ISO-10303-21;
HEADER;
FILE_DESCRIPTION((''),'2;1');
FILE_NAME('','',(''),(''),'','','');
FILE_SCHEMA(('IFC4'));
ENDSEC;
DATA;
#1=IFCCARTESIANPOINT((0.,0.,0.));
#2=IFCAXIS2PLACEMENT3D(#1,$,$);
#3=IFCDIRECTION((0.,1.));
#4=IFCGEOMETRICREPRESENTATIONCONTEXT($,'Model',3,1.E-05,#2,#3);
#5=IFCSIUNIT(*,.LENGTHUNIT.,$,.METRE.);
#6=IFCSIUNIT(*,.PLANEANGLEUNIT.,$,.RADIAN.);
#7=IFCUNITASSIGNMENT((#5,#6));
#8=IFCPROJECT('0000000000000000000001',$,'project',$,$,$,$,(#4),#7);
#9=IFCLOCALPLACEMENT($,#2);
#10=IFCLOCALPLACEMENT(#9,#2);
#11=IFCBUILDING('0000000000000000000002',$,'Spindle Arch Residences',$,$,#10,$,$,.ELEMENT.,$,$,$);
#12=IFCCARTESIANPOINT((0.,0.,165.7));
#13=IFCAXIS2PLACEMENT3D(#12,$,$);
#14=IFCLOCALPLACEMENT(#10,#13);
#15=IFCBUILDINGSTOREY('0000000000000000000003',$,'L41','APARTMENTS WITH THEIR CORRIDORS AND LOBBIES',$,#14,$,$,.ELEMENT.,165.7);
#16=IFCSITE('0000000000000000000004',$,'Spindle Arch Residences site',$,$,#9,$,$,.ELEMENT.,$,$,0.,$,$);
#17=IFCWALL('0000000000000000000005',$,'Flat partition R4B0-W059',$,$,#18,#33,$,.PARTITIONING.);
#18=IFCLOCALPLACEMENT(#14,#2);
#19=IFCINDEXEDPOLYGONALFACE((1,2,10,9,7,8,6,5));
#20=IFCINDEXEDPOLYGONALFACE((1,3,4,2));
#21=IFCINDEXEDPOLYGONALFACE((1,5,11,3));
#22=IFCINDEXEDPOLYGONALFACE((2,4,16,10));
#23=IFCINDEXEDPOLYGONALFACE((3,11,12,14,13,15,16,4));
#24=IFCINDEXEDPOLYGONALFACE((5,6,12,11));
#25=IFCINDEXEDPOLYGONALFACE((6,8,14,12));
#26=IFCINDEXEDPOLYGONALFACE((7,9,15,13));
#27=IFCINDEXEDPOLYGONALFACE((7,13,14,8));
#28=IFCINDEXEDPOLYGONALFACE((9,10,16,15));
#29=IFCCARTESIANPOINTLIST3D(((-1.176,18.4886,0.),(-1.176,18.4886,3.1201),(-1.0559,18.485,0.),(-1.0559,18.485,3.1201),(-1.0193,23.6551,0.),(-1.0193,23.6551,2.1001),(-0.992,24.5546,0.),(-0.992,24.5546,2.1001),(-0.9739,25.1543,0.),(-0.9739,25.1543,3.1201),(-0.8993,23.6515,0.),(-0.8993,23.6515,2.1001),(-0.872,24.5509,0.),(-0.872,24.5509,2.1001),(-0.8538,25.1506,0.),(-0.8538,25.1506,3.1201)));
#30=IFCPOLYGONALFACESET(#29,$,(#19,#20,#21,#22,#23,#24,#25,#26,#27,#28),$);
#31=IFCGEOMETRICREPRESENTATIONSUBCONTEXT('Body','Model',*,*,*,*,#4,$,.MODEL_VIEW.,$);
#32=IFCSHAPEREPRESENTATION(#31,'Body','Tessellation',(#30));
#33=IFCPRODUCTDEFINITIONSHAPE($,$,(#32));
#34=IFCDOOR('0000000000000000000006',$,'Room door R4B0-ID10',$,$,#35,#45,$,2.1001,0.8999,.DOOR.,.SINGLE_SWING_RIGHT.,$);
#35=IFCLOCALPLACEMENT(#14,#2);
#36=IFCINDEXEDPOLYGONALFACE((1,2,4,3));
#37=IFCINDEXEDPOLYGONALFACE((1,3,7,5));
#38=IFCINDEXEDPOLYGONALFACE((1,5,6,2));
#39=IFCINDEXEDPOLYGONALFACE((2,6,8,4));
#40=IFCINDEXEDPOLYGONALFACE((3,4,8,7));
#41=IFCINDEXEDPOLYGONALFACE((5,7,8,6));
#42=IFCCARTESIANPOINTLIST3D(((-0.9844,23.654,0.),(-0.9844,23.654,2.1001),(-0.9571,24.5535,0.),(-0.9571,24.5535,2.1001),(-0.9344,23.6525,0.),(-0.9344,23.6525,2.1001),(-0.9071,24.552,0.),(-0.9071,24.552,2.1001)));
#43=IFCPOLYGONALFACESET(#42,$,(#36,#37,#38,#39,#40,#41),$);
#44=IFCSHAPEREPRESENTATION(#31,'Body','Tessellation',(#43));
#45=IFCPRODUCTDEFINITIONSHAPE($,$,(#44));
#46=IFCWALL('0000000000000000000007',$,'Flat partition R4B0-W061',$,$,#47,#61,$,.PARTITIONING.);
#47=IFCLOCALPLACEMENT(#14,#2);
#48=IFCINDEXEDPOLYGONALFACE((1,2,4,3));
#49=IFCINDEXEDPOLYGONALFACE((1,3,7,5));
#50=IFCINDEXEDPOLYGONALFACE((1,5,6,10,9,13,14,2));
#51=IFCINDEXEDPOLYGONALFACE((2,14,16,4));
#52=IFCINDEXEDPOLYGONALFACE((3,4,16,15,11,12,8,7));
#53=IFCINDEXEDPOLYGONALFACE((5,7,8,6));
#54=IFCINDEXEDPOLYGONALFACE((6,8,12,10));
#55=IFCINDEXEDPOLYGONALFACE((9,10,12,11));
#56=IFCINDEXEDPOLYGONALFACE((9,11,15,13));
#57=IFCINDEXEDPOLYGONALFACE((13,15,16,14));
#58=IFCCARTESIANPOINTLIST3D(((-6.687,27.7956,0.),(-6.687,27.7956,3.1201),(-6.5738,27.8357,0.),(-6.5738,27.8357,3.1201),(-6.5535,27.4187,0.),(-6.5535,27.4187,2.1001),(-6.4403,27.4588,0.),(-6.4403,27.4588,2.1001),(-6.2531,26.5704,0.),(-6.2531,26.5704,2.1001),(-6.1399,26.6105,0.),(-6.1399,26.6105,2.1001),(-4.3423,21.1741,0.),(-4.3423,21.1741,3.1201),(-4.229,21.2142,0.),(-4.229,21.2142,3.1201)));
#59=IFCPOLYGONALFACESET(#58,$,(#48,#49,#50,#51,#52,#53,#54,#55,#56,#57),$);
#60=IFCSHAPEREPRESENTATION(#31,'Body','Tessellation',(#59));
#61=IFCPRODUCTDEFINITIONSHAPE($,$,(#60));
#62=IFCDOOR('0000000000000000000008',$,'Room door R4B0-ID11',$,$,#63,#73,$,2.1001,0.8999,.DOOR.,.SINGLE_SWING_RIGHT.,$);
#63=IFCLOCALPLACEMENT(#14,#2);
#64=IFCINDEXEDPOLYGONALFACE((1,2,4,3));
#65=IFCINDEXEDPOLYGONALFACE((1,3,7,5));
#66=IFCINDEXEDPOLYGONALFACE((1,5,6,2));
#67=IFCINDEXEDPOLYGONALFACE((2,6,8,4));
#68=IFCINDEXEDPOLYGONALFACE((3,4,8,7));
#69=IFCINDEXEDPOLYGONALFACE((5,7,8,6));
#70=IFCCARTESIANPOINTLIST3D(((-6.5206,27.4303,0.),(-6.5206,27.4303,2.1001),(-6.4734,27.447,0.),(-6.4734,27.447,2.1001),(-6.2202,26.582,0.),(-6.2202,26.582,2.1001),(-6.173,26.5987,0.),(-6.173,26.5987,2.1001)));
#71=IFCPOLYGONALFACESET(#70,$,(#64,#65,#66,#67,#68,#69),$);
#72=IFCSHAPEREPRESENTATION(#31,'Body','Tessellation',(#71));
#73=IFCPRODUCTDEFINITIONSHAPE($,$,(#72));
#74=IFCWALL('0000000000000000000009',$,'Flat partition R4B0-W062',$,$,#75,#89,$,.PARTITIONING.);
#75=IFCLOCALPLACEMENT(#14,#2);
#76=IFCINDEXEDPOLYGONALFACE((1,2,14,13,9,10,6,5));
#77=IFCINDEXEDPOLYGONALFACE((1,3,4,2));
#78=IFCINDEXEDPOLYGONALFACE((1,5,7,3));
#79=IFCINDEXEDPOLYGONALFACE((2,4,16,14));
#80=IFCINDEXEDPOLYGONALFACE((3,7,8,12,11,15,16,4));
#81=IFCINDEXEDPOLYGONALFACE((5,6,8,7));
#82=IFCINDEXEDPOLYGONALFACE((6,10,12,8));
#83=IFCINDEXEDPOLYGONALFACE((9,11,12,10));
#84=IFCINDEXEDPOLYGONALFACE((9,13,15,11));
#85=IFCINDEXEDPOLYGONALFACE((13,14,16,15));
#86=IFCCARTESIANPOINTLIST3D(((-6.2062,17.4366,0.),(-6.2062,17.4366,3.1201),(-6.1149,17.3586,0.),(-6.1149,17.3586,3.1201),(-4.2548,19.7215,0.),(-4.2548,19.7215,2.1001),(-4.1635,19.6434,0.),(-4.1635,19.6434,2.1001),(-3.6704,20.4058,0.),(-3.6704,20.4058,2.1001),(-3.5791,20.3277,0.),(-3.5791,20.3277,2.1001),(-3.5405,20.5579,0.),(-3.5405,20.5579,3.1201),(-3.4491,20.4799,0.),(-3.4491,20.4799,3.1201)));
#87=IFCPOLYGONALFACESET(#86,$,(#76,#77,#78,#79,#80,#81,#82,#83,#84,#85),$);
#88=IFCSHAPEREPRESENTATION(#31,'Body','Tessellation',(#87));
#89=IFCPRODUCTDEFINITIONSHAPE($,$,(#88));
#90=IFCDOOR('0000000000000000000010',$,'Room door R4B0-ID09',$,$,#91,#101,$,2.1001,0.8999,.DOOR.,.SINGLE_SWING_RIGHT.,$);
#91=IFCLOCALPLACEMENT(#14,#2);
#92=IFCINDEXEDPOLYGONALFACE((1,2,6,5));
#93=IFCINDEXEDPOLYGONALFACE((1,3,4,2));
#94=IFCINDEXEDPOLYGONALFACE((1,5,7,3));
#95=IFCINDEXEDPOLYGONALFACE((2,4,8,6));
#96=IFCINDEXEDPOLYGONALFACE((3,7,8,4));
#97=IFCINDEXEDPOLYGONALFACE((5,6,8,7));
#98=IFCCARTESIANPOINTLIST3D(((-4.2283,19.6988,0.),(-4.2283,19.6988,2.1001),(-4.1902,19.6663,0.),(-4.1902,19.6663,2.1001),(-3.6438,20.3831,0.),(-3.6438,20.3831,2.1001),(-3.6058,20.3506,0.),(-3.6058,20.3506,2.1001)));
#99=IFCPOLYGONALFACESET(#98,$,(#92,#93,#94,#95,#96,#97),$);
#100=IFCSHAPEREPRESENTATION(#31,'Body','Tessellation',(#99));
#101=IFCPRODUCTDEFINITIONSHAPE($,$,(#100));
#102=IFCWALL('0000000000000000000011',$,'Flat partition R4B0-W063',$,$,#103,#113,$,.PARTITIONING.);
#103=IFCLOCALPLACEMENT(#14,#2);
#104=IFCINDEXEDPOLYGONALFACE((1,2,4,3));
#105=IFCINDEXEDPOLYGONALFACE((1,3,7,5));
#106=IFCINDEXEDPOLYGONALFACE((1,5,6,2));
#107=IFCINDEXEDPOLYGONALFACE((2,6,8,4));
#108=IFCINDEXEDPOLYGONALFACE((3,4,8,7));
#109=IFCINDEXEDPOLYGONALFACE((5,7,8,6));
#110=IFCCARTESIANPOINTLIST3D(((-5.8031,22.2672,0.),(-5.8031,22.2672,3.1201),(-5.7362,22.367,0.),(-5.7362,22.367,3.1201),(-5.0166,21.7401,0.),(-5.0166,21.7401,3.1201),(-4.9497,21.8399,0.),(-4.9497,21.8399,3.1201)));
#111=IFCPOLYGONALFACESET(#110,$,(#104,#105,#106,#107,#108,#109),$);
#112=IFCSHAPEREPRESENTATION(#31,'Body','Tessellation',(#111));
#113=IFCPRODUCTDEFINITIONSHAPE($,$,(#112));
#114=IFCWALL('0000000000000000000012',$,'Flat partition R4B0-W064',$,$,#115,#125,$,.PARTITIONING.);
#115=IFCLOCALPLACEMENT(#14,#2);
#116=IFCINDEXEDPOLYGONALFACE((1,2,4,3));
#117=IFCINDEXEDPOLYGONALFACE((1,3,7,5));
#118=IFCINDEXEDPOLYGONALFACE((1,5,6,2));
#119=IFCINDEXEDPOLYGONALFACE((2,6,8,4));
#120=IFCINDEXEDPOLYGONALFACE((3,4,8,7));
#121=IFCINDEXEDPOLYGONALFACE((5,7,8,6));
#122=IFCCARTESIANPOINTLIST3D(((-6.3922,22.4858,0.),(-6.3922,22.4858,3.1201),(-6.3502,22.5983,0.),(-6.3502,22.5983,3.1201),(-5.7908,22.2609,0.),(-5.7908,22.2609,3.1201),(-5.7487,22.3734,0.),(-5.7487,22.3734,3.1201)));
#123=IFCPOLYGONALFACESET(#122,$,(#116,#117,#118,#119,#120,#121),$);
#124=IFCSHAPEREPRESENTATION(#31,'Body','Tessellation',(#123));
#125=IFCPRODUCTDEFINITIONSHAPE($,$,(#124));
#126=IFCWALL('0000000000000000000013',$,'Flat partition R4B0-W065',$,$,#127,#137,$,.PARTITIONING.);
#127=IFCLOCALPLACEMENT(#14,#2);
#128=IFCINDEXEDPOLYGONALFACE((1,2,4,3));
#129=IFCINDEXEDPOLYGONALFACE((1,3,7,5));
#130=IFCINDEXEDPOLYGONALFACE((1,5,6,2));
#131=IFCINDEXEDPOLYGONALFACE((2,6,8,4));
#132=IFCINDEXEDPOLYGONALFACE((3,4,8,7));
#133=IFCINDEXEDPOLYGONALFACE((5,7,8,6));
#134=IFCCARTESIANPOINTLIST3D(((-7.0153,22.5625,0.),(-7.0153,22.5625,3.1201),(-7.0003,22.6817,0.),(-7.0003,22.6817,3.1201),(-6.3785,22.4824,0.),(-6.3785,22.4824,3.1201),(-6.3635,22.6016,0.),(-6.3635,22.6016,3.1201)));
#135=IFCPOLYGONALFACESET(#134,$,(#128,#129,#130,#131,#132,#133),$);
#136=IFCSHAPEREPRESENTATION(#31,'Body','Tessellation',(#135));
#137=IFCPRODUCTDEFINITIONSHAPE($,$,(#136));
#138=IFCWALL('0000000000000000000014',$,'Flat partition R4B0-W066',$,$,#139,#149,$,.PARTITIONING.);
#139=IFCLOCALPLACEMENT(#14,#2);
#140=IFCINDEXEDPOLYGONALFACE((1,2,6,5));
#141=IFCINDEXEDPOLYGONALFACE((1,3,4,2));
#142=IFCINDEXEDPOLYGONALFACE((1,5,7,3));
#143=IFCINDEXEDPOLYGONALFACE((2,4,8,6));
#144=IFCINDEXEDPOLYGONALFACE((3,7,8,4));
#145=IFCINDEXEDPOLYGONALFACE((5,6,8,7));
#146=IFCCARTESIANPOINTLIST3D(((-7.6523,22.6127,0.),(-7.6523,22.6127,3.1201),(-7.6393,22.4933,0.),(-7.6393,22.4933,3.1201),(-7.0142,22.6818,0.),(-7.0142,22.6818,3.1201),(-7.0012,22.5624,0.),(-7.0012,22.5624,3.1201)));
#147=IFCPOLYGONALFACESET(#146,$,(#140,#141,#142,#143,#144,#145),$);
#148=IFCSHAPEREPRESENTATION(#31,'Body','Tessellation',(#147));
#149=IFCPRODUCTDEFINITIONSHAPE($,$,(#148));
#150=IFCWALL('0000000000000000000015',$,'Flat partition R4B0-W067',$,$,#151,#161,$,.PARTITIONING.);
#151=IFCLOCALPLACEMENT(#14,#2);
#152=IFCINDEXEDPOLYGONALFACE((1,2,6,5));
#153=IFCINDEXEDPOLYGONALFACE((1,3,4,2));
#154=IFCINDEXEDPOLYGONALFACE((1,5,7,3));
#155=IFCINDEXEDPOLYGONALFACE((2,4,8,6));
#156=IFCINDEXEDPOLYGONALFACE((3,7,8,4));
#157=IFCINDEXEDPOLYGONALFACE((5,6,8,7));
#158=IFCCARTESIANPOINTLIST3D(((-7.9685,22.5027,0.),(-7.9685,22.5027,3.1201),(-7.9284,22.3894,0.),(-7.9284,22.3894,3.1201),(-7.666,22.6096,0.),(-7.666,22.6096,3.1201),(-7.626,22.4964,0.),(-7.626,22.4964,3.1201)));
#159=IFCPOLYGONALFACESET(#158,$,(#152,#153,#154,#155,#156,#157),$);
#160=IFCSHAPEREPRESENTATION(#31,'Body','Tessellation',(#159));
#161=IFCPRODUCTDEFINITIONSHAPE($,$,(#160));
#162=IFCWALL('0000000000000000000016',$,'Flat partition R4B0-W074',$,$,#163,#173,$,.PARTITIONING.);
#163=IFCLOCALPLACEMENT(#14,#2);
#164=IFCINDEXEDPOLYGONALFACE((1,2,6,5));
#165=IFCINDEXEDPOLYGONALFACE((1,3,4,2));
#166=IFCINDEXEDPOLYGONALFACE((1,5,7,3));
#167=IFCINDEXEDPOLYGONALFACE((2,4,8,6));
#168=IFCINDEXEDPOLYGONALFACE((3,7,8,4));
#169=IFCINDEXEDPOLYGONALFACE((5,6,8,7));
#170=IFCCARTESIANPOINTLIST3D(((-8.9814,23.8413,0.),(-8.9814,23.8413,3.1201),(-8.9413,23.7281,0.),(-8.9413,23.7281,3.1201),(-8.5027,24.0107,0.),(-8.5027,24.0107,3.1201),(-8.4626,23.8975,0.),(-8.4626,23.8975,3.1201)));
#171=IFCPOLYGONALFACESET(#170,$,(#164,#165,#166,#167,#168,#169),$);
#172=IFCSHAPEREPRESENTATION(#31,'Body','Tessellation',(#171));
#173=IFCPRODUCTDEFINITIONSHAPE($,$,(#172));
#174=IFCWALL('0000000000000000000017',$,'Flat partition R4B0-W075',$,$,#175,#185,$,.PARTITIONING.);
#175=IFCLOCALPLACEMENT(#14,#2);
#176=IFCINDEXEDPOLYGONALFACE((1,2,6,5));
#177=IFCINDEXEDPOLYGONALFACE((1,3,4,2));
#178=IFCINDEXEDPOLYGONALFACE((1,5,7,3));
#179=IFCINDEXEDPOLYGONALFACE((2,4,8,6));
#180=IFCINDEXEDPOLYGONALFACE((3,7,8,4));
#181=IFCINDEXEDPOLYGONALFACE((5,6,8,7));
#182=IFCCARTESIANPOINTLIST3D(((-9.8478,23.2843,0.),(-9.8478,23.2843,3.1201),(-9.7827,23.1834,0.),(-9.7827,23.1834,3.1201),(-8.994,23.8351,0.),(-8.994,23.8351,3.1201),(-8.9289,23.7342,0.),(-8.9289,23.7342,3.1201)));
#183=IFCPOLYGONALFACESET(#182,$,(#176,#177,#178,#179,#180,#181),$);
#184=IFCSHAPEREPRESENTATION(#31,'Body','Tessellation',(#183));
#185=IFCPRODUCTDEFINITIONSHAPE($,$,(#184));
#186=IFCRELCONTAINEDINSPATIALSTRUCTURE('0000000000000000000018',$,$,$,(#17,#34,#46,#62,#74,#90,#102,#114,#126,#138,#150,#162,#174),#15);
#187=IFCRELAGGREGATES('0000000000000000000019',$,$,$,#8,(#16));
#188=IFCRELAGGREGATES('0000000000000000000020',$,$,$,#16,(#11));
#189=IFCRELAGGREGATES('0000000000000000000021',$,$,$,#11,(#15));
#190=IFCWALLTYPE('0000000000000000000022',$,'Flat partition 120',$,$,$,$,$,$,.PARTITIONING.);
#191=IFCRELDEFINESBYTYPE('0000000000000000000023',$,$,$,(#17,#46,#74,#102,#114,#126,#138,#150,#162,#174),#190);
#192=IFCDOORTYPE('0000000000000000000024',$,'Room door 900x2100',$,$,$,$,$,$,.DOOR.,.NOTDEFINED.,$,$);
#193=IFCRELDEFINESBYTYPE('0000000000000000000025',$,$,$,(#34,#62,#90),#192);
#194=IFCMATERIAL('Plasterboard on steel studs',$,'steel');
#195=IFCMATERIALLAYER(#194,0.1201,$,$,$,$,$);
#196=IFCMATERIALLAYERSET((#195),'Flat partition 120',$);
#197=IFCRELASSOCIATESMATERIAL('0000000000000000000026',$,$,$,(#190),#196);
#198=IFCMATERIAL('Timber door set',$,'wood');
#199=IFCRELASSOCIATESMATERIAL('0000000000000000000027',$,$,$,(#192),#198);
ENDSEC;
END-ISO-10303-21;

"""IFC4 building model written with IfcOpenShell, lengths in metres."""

from ifc_helpers import new_model, si_unit, direction, frame, frame_2d, origin, place, context, subcontext, project, spatial, rectangle, extrude, material, layer, layer_set, type_object, element, fill, save


model = new_model("IFC4")

# Units and contexts
model_context = context("Model", 3, precision=1e-05, world=origin(), true_north=direction((0.0, 1.0)))
body_context = subcontext(model_context, "Body", "Model", "MODEL_VIEW")
ifc_project = project(units=[si_unit("LENGTHUNIT", "METRE"), si_unit("PLANEANGLEUNIT", "RADIAN")], contexts=[model_context])

# Site, building, storey
site_placement = place(None, origin())
site = spatial("IfcSite", under=ifc_project, at=site_placement, Name="Spindle Arch Residences site", CompositionType="ELEMENT", RefElevation=0.0)
building_placement = place(site_placement, origin())
building = spatial("IfcBuilding", under=site, at=building_placement, Name="Spindle Arch Residences", CompositionType="ELEMENT")
storey_placement = place(building_placement, frame((0.0, 0.0, 165.7)))
storey = spatial("IfcBuildingStorey", under=building, at=storey_placement, Name="L41", Description="APARTMENTS WITH THEIR CORRIDORS AND LOBBIES", CompositionType="ELEMENT", Elevation=165.7)

# Shared definitions
ifc_material_1 = material(Name="Plasterboard on steel studs", Category="steel")
ifc_layer_1 = layer(ifc_material_1, 0.1201)
ifc_layer_set_1 = layer_set([ifc_layer_1], Name="Flat partition 120")
wall_type_1 = type_object("IfcWallType", Name="Flat partition 120", PredefinedType="PARTITIONING", material=ifc_layer_set_1)

# Walls, openings, doors
wall_1_placement = place(storey_placement, frame((-0.9138, 25.1526, 0.0), z_axis=(0.0, 0.0, 1.0), x_axis=(-0.030314, -0.99954, 0.0)))
wall_1 = element("IfcWall", 1, at=wall_1_placement, inside=storey, type_object=wall_type_1, Name="Flat partition R4B0-W059", PredefinedType="PARTITIONING", context=body_context, shape_type="SweptSolid", body=[
    extrude(rectangle(XDim=6.6687, YDim=0.1201, at=frame_2d((3.3345, 0.0))), origin(), (0.0, 0.0, 1.0), 3.1201),
])
opening_1_placement = place(wall_1_placement, frame((0.6001, 0.0, 0.0)))
opening_1 = element("IfcOpeningElement", 2, at=opening_1_placement, cuts=wall_1, PredefinedType="OPENING", context=body_context, shape_type="SweptSolid", body=[
    extrude(rectangle(XDim=0.8999, YDim=2.1001, at=frame_2d((0.45, 1.05))), frame((0.0, 0.0701, 0.0), z_axis=(0.0, -1.0, 0.0), x_axis=(1.0, 0.0, 0.0)), (0.0, 0.0, 1.0), 0.1401),
])
ifc_material_2 = material(Name="Timber door set", Category="wood")
door_type = type_object("IfcDoorType", Name="Room door 900x2100", OperationType="NOTDEFINED", PredefinedType="DOOR", material=ifc_material_2)
door_1_placement = place(opening_1_placement, origin())
door_1 = element("IfcDoor", 3, at=door_1_placement, inside=storey, type_object=door_type, Name="Room door R4B0-ID10", OperationType="SINGLE_SWING_RIGHT", OverallHeight=2.1001, OverallWidth=0.8999, PredefinedType="DOOR", context=body_context, shape_type="SweptSolid", body=[
    extrude(rectangle(XDim=0.8999, YDim=2.1001, at=frame_2d((0.45, 1.05))), frame((0.0, 0.0249, 0.0), z_axis=(0.0, -1.0, 0.0), x_axis=(1.0, 0.0, 0.0)), (0.0, 0.0, 1.0), 0.05),
])
fill(opening_1, door_1)
wall_2_placement = place(storey_placement, frame((-6.6304, 27.8157, 0.0), z_axis=(0.0, 0.0, 1.0), x_axis=(0.333794, -0.942646, 0.0)))
wall_2 = element("IfcWall", 4, at=wall_2_placement, inside=storey, type_object=wall_type_1, Name="Flat partition R4B0-W061", PredefinedType="PARTITIONING", context=body_context, shape_type="SweptSolid", body=[
    extrude(rectangle(XDim=7.0244, YDim=0.1201, at=frame_2d((3.5122, 0.0))), origin(), (0.0, 0.0, 1.0), 3.1201),
])
opening_2_placement = place(wall_2_placement, frame((0.3999, 0.0, 0.0)))
opening_2 = element("IfcOpeningElement", 5, at=opening_2_placement, cuts=wall_2, PredefinedType="OPENING", context=body_context, shape_type="SweptSolid", body=[
    extrude(rectangle(XDim=0.8999, YDim=2.1001, at=frame_2d((0.45, 1.05))), frame((0.0, 0.0701, 0.0), z_axis=(0.0, -1.0, 0.0), x_axis=(1.0, 0.0, 0.0)), (0.0, 0.0, 1.0), 0.1401),
])
door_2_placement = place(opening_2_placement, origin())
door_2 = element("IfcDoor", 6, at=door_2_placement, inside=storey, type_object=door_type, Name="Room door R4B0-ID11", OperationType="SINGLE_SWING_RIGHT", OverallHeight=2.1001, OverallWidth=0.8999, PredefinedType="DOOR", context=body_context, shape_type="SweptSolid", body=[
    extrude(rectangle(XDim=0.8999, YDim=2.1001, at=frame_2d((0.45, 1.05))), frame((0.0, 0.0249, 0.0), z_axis=(0.0, -1.0, 0.0), x_axis=(1.0, 0.0, 0.0)), (0.0, 0.0, 1.0), 0.05),
])
fill(opening_2, door_2)
wall_3_placement = place(storey_placement, frame((-3.4949, 20.5188, 0.0), z_axis=(0.0, 0.0, 1.0), x_axis=(-0.649434, -0.760418, 0.0)))
wall_3 = element("IfcWall", 7, at=wall_3_placement, inside=storey, type_object=wall_type_1, Name="Flat partition R4B0-W062", PredefinedType="PARTITIONING", context=body_context, shape_type="SweptSolid", body=[
    extrude(rectangle(XDim=4.1047, YDim=0.1201, at=frame_2d((2.0522, 0.0))), origin(), (0.0, 0.0, 1.0), 3.1201),
])
opening_3_placement = place(wall_3_placement, frame((0.2, 0.0, 0.0)))
opening_3 = element("IfcOpeningElement", 8, at=opening_3_placement, cuts=wall_3, PredefinedType="OPENING", context=body_context, shape_type="SweptSolid", body=[
    extrude(rectangle(XDim=0.8999, YDim=2.1001, at=frame_2d((0.45, 1.05))), frame((0.0, 0.0701, 0.0), z_axis=(0.0, -1.0, 0.0), x_axis=(1.0, 0.0, 0.0)), (0.0, 0.0, 1.0), 0.1401),
])
door_3_placement = place(opening_3_placement, origin())
door_3 = element("IfcDoor", 9, at=door_3_placement, inside=storey, type_object=door_type, Name="Room door R4B0-ID09", OperationType="SINGLE_SWING_RIGHT", OverallHeight=2.1001, OverallWidth=0.8999, PredefinedType="DOOR", context=body_context, shape_type="SweptSolid", body=[
    extrude(rectangle(XDim=0.8999, YDim=2.1001, at=frame_2d((0.45, 1.05))), frame((0.0, 0.0249, 0.0), z_axis=(0.0, -1.0, 0.0), x_axis=(1.0, 0.0, 0.0)), (0.0, 0.0, 1.0), 0.05),
])
fill(opening_3, door_3)

# Walls
wall_4_placement = place(storey_placement, frame((-4.9832, 21.79, 0.0), z_axis=(0.0, 0.0, 1.0), x_axis=(-0.830739, 0.556662, 0.0)))
element("IfcWall", 10, at=wall_4_placement, inside=storey, type_object=wall_type_1, Name="Flat partition R4B0-W063", PredefinedType="PARTITIONING", context=body_context, shape_type="SweptSolid", body=[
    extrude(rectangle(XDim=0.9468, YDim=0.1201, at=frame_2d((0.4734, 0.0))), origin(), (0.0, 0.0, 1.0), 3.1201),
])
wall_5_placement = place(storey_placement, frame((-5.7698, 22.3171, 0.0), z_axis=(0.0, 0.0, 1.0), x_axis=(-0.936657, 0.350248, 0.0)))
element("IfcWall", 11, at=wall_5_placement, inside=storey, type_object=wall_type_1, Name="Flat partition R4B0-W064", PredefinedType="PARTITIONING", context=body_context, shape_type="SweptSolid", body=[
    extrude(rectangle(XDim=0.6421, YDim=0.1201, at=frame_2d((0.321, 0.0))), origin(), (0.0, 0.0, 1.0), 3.1201),
])
for number, where, z_axis, x_axis, name in (
    (12, (-6.3711, 22.542, 0.0), (0.0, 0.0, 1.0), (-0.992184, 0.124784, 0.0), "Flat partition R4B0-W065"),
    (13, (-7.0078, 22.6221, 0.0), (0.0, 0.0, 1.0), (-0.994191, -0.107634, 0.0), "Flat partition R4B0-W066"),
):
    element("IfcWall", number, at=place(storey_placement, frame(where, z_axis=z_axis, x_axis=x_axis)), inside=storey, type_object=wall_type_1, Name=name, PredefinedType="PARTITIONING", context=body_context, shape_type="SweptSolid", body=[
        extrude(rectangle(XDim=0.6418, YDim=0.1201, at=frame_2d((0.3208, 0.0))), origin(), (0.0, 0.0, 1.0), 3.1201),
    ])
wall_6_placement = place(storey_placement, frame((-7.646, 22.553, 0.0), z_axis=(0.0, 0.0, 1.0), x_axis=(-0.942822, -0.333298, 0.0)))
element("IfcWall", 14, at=wall_6_placement, inside=storey, type_object=wall_type_1, Name="Flat partition R4B0-W067", PredefinedType="PARTITIONING", context=body_context, shape_type="SweptSolid", body=[
    extrude(rectangle(XDim=0.3208, YDim=0.1201, at=frame_2d((0.1604, 0.0))), origin(), (0.0, 0.0, 1.0), 3.1201),
])
wall_7_placement = place(storey_placement, frame((-8.4827, 23.9541, 0.0), z_axis=(0.0, 0.0, 1.0), x_axis=(-0.942706, -0.333625, 0.0)))
element("IfcWall", 15, at=wall_7_placement, inside=storey, type_object=wall_type_1, Name="Flat partition R4B0-W074", PredefinedType="PARTITIONING", context=body_context, shape_type="SweptSolid", body=[
    extrude(rectangle(XDim=0.5078, YDim=0.1201, at=frame_2d((0.2539, 0.0))), origin(), (0.0, 0.0, 1.0), 3.1201),
])
wall_8_placement = place(storey_placement, frame((-8.9614, 23.7847, 0.0), z_axis=(0.0, 0.0, 1.0), x_axis=(-0.840311, -0.542105, 0.0)))
element("IfcWall", 16, at=wall_8_placement, inside=storey, type_object=wall_type_1, Name="Flat partition R4B0-W075", PredefinedType="PARTITIONING", context=body_context, shape_type="SweptSolid", body=[
    extrude(rectangle(XDim=1.0161, YDim=0.1201, at=frame_2d((0.5081, 0.0))), origin(), (0.0, 0.0, 1.0), 3.1201),
])

save(model, "model.ifc")
